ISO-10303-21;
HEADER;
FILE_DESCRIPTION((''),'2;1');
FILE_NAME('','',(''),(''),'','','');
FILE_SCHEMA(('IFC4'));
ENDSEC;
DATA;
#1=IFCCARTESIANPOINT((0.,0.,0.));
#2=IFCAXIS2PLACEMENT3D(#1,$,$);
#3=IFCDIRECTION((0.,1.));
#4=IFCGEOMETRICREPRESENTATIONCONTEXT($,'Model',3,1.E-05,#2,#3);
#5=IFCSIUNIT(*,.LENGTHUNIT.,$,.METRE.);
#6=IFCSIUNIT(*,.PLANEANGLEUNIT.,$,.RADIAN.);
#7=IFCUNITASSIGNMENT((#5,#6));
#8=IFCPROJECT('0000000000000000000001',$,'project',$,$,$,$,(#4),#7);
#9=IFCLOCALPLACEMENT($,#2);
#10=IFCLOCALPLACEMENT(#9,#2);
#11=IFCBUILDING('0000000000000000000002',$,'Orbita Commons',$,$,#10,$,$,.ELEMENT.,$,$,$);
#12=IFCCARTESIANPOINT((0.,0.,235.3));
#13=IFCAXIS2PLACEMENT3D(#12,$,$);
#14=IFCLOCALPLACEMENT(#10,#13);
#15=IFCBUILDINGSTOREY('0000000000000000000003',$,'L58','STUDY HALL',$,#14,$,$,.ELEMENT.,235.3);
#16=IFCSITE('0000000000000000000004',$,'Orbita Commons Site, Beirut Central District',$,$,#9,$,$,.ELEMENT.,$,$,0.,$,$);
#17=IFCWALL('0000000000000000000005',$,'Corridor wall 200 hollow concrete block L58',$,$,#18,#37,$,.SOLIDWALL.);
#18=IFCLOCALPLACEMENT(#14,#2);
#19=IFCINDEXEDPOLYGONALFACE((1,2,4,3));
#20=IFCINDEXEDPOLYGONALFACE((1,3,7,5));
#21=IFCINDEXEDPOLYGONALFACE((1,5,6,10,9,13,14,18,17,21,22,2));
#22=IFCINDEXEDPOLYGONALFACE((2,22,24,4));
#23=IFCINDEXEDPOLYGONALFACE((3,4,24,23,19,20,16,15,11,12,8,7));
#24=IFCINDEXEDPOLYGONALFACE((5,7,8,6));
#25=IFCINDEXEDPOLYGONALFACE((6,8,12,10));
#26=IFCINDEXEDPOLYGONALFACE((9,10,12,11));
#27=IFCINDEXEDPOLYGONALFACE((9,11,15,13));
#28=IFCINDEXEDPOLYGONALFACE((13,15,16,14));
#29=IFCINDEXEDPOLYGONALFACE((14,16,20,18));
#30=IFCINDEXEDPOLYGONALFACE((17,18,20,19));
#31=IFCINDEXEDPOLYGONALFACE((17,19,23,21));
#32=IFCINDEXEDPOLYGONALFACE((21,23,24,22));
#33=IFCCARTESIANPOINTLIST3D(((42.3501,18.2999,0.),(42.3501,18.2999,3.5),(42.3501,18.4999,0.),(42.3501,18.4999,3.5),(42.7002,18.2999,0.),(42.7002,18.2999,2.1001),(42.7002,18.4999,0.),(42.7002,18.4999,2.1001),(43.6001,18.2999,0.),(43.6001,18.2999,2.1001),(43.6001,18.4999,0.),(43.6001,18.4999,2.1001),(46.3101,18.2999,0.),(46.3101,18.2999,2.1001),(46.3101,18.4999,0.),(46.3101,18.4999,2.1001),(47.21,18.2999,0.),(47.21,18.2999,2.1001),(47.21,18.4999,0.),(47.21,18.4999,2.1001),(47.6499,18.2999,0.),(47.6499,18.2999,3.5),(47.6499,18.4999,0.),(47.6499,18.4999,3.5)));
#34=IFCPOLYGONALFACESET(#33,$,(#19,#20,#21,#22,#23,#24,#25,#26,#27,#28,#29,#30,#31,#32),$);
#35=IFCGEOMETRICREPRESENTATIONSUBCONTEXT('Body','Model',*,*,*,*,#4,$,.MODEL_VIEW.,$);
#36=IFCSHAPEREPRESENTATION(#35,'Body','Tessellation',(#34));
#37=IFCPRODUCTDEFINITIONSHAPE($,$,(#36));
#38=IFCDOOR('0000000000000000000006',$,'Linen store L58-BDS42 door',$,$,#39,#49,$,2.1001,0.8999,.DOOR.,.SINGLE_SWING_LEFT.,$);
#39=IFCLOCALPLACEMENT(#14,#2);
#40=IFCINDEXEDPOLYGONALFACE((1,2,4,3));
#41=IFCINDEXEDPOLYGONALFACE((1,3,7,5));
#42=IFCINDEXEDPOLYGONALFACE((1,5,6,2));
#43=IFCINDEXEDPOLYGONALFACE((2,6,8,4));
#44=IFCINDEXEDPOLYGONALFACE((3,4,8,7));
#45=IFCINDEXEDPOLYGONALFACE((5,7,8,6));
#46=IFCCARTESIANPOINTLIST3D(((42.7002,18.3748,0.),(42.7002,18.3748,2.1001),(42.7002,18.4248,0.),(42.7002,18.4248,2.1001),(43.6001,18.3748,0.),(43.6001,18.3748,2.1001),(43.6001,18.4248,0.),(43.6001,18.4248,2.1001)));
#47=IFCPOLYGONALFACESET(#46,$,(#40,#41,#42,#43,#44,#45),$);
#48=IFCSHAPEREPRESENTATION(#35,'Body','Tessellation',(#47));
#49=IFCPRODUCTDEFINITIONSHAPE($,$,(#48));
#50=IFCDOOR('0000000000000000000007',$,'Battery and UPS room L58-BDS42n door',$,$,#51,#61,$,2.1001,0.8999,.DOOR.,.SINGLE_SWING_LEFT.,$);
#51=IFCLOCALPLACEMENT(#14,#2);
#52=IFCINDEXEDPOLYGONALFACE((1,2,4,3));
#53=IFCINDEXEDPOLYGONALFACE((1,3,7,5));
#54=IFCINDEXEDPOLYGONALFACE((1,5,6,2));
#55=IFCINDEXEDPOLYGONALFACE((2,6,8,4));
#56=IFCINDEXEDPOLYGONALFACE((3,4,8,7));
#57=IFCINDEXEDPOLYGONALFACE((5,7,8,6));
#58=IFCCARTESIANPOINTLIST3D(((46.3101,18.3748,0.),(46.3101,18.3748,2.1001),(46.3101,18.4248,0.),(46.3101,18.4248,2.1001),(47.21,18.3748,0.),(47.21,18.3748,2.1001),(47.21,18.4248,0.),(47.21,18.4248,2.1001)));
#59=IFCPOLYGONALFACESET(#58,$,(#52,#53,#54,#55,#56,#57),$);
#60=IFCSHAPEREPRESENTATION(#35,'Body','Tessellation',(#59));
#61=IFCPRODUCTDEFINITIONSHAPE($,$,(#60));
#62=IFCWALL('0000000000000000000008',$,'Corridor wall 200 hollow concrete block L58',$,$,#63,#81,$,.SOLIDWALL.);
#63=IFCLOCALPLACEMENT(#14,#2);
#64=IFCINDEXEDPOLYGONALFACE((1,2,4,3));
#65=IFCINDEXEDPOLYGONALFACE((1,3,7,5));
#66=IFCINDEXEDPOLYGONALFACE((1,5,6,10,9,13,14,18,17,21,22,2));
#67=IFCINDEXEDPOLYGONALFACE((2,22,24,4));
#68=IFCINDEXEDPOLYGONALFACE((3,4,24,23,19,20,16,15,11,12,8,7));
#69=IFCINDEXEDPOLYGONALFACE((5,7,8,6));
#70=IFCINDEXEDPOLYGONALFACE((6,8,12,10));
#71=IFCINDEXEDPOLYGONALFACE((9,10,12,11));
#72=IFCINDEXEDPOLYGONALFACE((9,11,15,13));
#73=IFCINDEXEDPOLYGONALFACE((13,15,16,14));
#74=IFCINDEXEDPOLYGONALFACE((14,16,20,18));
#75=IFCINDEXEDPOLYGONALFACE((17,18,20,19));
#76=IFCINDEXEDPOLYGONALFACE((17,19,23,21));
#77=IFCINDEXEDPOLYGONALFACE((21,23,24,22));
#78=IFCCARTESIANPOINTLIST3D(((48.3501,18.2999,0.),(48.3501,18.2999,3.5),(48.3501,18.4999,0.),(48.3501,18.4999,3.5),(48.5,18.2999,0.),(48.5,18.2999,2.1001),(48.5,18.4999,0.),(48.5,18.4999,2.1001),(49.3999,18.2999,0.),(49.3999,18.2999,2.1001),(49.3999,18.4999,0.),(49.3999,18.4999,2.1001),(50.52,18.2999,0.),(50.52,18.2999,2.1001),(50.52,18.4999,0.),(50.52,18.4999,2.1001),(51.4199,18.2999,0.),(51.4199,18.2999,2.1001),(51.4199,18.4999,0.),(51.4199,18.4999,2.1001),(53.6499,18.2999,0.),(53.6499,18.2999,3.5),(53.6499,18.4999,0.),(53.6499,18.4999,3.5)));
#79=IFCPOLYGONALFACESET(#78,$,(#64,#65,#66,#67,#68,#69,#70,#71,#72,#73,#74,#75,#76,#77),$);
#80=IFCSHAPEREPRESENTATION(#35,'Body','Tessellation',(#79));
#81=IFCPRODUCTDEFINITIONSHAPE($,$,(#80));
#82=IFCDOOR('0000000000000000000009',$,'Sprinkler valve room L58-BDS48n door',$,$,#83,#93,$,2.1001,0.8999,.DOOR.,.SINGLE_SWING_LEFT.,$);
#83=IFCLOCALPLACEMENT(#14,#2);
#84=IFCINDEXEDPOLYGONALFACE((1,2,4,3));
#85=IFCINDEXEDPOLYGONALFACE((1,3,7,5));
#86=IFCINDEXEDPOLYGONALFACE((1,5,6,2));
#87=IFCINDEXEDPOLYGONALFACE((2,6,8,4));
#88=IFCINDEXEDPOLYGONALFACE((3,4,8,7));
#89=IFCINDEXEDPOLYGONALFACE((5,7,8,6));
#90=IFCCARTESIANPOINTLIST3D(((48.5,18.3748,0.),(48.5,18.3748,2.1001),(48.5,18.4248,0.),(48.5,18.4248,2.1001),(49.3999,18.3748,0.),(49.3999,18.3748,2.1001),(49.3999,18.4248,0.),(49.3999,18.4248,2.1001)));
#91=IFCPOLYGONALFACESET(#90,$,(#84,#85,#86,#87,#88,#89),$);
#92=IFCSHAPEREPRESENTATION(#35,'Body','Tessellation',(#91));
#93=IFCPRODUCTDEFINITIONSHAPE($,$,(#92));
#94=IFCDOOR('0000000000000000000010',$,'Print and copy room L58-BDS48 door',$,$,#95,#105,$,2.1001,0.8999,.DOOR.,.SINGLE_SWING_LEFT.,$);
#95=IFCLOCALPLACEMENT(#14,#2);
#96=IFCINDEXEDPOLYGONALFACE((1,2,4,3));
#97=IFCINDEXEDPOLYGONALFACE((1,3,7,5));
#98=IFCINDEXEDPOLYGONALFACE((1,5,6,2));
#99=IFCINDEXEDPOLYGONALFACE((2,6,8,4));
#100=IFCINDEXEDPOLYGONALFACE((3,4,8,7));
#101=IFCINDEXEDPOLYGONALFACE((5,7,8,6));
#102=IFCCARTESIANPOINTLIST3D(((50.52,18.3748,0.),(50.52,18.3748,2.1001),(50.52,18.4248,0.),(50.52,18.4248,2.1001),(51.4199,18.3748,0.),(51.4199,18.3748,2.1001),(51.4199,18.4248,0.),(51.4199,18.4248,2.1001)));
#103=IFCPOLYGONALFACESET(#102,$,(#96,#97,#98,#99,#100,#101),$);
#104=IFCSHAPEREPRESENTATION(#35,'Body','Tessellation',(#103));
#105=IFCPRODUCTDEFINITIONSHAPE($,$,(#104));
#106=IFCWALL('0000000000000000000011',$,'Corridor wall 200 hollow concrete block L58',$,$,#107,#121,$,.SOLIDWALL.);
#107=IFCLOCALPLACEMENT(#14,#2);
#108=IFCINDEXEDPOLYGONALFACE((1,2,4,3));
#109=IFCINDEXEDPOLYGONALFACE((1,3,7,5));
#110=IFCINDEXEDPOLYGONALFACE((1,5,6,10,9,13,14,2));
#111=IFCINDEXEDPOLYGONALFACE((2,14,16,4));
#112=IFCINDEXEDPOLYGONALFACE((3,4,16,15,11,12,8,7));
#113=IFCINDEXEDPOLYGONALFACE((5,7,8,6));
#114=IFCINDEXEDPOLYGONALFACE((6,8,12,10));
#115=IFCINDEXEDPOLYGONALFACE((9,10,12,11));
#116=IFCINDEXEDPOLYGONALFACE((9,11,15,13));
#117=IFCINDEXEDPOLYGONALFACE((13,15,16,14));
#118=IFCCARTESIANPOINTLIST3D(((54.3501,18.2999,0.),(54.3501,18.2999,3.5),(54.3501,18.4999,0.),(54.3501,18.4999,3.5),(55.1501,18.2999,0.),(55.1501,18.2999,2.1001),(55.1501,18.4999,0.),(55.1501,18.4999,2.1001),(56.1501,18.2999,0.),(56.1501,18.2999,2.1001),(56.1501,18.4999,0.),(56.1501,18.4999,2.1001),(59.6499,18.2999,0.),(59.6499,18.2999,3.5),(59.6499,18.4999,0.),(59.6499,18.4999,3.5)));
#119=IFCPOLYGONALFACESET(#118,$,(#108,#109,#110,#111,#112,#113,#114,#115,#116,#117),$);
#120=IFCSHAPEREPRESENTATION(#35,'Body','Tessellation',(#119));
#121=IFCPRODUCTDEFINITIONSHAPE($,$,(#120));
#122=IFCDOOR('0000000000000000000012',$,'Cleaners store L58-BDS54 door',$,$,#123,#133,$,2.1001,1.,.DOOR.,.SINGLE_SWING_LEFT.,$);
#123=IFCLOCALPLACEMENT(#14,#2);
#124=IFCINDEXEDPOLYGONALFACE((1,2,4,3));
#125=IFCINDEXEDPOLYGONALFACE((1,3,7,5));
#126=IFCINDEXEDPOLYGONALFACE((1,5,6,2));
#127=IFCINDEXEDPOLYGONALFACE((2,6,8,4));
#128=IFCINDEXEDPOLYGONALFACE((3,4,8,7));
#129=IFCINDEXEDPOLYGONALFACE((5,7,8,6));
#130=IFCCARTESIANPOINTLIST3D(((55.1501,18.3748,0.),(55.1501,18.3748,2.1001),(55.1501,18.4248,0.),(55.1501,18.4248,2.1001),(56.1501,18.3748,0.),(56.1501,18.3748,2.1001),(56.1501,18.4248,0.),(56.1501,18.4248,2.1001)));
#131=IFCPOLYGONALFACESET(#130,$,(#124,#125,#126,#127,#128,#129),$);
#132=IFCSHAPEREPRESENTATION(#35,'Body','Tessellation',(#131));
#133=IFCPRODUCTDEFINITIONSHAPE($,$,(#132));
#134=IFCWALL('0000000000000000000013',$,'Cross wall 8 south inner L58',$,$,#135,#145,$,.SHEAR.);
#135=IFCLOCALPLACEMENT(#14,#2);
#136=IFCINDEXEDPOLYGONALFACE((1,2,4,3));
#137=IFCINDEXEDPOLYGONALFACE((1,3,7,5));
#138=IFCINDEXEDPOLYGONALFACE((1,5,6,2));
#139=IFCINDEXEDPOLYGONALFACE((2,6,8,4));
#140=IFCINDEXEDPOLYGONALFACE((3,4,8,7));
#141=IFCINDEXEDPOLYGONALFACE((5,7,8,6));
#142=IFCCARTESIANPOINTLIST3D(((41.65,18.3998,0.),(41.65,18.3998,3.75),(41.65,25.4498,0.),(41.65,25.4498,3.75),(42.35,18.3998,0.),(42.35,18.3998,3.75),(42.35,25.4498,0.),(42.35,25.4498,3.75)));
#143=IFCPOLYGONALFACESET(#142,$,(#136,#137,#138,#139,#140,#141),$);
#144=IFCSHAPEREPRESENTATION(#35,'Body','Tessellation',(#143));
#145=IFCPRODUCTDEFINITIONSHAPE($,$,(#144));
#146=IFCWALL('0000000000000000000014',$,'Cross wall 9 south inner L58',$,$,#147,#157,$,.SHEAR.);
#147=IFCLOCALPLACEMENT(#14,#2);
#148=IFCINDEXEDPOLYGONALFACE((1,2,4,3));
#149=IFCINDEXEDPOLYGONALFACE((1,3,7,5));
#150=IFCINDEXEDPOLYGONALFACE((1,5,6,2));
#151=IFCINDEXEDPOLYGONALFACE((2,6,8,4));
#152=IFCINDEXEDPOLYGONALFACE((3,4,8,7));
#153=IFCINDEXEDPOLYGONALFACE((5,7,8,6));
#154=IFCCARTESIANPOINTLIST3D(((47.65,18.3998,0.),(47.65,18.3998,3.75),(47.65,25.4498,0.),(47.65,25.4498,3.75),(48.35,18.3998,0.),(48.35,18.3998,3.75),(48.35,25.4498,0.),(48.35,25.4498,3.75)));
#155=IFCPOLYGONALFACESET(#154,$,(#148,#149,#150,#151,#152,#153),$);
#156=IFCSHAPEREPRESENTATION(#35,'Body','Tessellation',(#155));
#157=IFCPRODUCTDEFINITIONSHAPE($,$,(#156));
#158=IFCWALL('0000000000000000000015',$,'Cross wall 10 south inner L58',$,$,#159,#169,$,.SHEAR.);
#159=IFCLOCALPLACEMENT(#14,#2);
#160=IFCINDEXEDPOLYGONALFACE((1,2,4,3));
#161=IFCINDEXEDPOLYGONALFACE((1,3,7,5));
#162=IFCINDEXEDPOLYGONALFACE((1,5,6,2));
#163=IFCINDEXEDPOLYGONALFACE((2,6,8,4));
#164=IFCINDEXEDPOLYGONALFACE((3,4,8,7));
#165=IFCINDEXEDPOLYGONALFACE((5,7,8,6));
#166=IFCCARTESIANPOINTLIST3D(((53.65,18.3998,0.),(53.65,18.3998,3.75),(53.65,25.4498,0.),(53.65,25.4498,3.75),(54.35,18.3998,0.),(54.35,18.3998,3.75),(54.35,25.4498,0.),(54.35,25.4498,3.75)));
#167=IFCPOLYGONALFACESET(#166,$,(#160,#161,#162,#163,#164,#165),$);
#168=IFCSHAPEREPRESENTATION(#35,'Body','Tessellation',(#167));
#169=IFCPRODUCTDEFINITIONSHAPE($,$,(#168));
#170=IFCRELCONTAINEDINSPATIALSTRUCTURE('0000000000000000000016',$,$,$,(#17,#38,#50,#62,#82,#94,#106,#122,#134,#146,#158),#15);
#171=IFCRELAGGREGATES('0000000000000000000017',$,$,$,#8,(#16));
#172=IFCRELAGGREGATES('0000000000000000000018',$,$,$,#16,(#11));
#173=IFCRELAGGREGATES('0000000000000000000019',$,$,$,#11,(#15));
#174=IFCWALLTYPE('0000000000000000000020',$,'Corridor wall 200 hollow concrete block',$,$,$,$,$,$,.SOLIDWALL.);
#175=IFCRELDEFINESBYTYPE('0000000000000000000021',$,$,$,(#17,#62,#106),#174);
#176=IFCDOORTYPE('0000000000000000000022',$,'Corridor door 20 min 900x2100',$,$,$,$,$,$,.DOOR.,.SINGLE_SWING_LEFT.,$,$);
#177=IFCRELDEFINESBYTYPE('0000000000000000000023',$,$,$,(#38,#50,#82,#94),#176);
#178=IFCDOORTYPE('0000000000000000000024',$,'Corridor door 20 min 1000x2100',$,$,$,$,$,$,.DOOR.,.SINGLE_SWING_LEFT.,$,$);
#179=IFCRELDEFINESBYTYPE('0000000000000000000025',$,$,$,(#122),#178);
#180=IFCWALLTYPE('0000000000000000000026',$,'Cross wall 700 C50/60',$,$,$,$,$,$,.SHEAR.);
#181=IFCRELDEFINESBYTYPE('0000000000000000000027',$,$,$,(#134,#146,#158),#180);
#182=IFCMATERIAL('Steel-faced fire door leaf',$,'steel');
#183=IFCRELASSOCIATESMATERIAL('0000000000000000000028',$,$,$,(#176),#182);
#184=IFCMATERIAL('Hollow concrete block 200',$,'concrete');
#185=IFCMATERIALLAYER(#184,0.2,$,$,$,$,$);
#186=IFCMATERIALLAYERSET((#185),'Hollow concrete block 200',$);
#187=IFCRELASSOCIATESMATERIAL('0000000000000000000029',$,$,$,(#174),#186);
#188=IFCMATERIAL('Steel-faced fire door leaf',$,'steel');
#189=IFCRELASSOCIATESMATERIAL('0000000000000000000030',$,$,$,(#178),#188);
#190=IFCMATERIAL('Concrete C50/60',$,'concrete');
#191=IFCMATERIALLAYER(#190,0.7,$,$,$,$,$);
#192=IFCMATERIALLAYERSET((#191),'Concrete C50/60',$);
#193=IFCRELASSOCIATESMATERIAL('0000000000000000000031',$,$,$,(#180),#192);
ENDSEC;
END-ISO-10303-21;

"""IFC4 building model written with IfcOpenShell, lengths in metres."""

from ifc_helpers import new_model, si_unit, direction, frame, frame_2d, origin, place, context, subcontext, project, spatial, rectangle, extrude, material, layer, layer_set, type_object, element, fill, save


model = new_model("IFC4")

# Units and contexts
model_context = context("Model", 3, precision=1e-05, world=origin(), true_north=direction((0.0, 1.0)))
body_context = subcontext(model_context, "Body", "Model", "MODEL_VIEW")
ifc_project = project(units=[si_unit("LENGTHUNIT", "METRE"), si_unit("PLANEANGLEUNIT", "RADIAN")], contexts=[model_context])

# Site, building, storey
site_placement = place(None, origin())
site = spatial("IfcSite", under=ifc_project, at=site_placement, Name="Orbita Commons Site, Beirut Central District", CompositionType="ELEMENT", RefElevation=0.0)
building_placement = place(site_placement, origin())
building = spatial("IfcBuilding", under=site, at=building_placement, Name="Orbita Commons", CompositionType="ELEMENT")
storey_placement = place(building_placement, frame((0.0, 0.0, 235.3)))
storey = spatial("IfcBuildingStorey", under=building, at=storey_placement, Name="L58", Description="STUDY HALL", CompositionType="ELEMENT", Elevation=235.3)

# Shared definitions
ifc_material_1 = material(Name="Steel-faced fire door leaf", Category="steel")
door_type_1 = type_object("IfcDoorType", Name="Corridor door 20 min 900x2100", OperationType="SINGLE_SWING_LEFT", PredefinedType="DOOR", material=ifc_material_1)

# Walls, openings, doors
ifc_material_2 = material(Name="Hollow concrete block 200", Category="concrete")
ifc_layer_1 = layer(ifc_material_2, 0.2)
ifc_layer_set_1 = layer_set([ifc_layer_1], Name="Hollow concrete block 200")
wall_type_1 = type_object("IfcWallType", Name="Corridor wall 200 hollow concrete block", PredefinedType="SOLIDWALL", material=ifc_layer_set_1)
wall_1_placement = place(storey_placement, frame((42.3501, 18.3999, 0.0), z_axis=(0.0, 0.0, 1.0), x_axis=(1.0, 0.0, 0.0)))
wall_1 = element("IfcWall", 1, at=wall_1_placement, inside=storey, type_object=wall_type_1, Name="Corridor wall 200 hollow concrete block L58", PredefinedType="SOLIDWALL", context=body_context, shape_type="SweptSolid", body=[
    extrude(rectangle(XDim=5.2998, YDim=0.2, at=frame_2d((2.6499, 0.0))), origin(), (0.0, 0.0, 1.0), 3.5),
])
opening_1_placement = place(wall_1_placement, frame((0.3501, 0.0, 0.0)))
opening_1 = element("IfcOpeningElement", 2, at=opening_1_placement, cuts=wall_1, PredefinedType="OPENING", context=body_context, shape_type="SweptSolid", body=[
    extrude(rectangle(XDim=0.8999, YDim=2.1001, at=frame_2d((0.45, 1.05))), frame((0.0, 0.1099, 0.0), z_axis=(0.0, -1.0, 0.0), x_axis=(1.0, 0.0, 0.0)), (0.0, 0.0, 1.0), 0.22),
])
opening_2_placement = place(wall_1_placement, frame((3.96, 0.0, 0.0)))
opening_2 = element("IfcOpeningElement", 3, at=opening_2_placement, cuts=wall_1, PredefinedType="OPENING", context=body_context, shape_type="SweptSolid", body=[
    extrude(rectangle(XDim=0.8999, YDim=2.1001, at=frame_2d((0.45, 1.05))), frame((0.0, 0.1099, 0.0), z_axis=(0.0, -1.0, 0.0), x_axis=(1.0, 0.0, 0.0)), (0.0, 0.0, 1.0), 0.22),
])
door_1_placement = place(opening_1_placement, origin())
door_1 = element("IfcDoor", 4, at=door_1_placement, inside=storey, type_object=door_type_1, Name="Linen store L58-BDS42 door", OperationType="SINGLE_SWING_LEFT", OverallHeight=2.1001, OverallWidth=0.8999, PredefinedType="DOOR", context=body_context, shape_type="SweptSolid", body=[
    extrude(rectangle(XDim=0.8999, YDim=2.1001, at=frame_2d((0.45, 1.05))), frame((0.0, 0.0249, 0.0), z_axis=(0.0, -1.0, 0.0), x_axis=(1.0, 0.0, 0.0)), (0.0, 0.0, 1.0), 0.05),
])
fill(opening_1, door_1)
door_2_placement = place(opening_2_placement, origin())
door_2 = element("IfcDoor", 5, at=door_2_placement, inside=storey, type_object=door_type_1, Name="Battery and UPS room L58-BDS42n door", OperationType="SINGLE_SWING_LEFT", OverallHeight=2.1001, OverallWidth=0.8999, PredefinedType="DOOR", context=body_context, shape_type="SweptSolid", body=[
    extrude(rectangle(XDim=0.8999, YDim=2.1001, at=frame_2d((0.45, 1.05))), frame((0.0, 0.0249, 0.0), z_axis=(0.0, -1.0, 0.0), x_axis=(1.0, 0.0, 0.0)), (0.0, 0.0, 1.0), 0.05),
])
fill(opening_2, door_2)
wall_2_placement = place(storey_placement, frame((48.3501, 18.3999, 0.0), z_axis=(0.0, 0.0, 1.0), x_axis=(1.0, 0.0, 0.0)))
wall_2 = element("IfcWall", 6, at=wall_2_placement, inside=storey, type_object=wall_type_1, Name="Corridor wall 200 hollow concrete block L58", PredefinedType="SOLIDWALL", context=body_context, shape_type="SweptSolid", body=[
    extrude(rectangle(XDim=5.2998, YDim=0.2, at=frame_2d((2.6499, 0.0))), origin(), (0.0, 0.0, 1.0), 3.5),
])
opening_3_placement = place(wall_2_placement, frame((0.1499, 0.0, 0.0)))
opening_3 = element("IfcOpeningElement", 7, at=opening_3_placement, cuts=wall_2, PredefinedType="OPENING", context=body_context, shape_type="SweptSolid", body=[
    extrude(rectangle(XDim=0.8999, YDim=2.1001, at=frame_2d((0.45, 1.05))), frame((0.0, 0.1099, 0.0), z_axis=(0.0, -1.0, 0.0), x_axis=(1.0, 0.0, 0.0)), (0.0, 0.0, 1.0), 0.22),
])
opening_4_placement = place(wall_2_placement, frame((2.1699, 0.0, 0.0)))
opening_4 = element("IfcOpeningElement", 8, at=opening_4_placement, cuts=wall_2, PredefinedType="OPENING", context=body_context, shape_type="SweptSolid", body=[
    extrude(rectangle(XDim=0.8999, YDim=2.1001, at=frame_2d((0.45, 1.05))), frame((0.0, 0.1099, 0.0), z_axis=(0.0, -1.0, 0.0), x_axis=(1.0, 0.0, 0.0)), (0.0, 0.0, 1.0), 0.22),
])
door_3_placement = place(opening_3_placement, origin())
door_3 = element("IfcDoor", 9, at=door_3_placement, inside=storey, type_object=door_type_1, Name="Sprinkler valve room L58-BDS48n door", OperationType="SINGLE_SWING_LEFT", OverallHeight=2.1001, OverallWidth=0.8999, PredefinedType="DOOR", context=body_context, shape_type="SweptSolid", body=[
    extrude(rectangle(XDim=0.8999, YDim=2.1001, at=frame_2d((0.45, 1.05))), frame((0.0, 0.0249, 0.0), z_axis=(0.0, -1.0, 0.0), x_axis=(1.0, 0.0, 0.0)), (0.0, 0.0, 1.0), 0.05),
])
fill(opening_3, door_3)
door_4_placement = place(opening_4_placement, origin())
door_4 = element("IfcDoor", 10, at=door_4_placement, inside=storey, type_object=door_type_1, Name="Print and copy room L58-BDS48 door", OperationType="SINGLE_SWING_LEFT", OverallHeight=2.1001, OverallWidth=0.8999, PredefinedType="DOOR", context=body_context, shape_type="SweptSolid", body=[
    extrude(rectangle(XDim=0.8999, YDim=2.1001, at=frame_2d((0.45, 1.05))), frame((0.0, 0.0249, 0.0), z_axis=(0.0, -1.0, 0.0), x_axis=(1.0, 0.0, 0.0)), (0.0, 0.0, 1.0), 0.05),
])
fill(opening_4, door_4)

# Wall, opening, door
wall_3_placement = place(storey_placement, frame((54.3501, 18.3999, 0.0), z_axis=(0.0, 0.0, 1.0), x_axis=(1.0, 0.0, 0.0)))
wall_3 = element("IfcWall", 11, at=wall_3_placement, inside=storey, type_object=wall_type_1, Name="Corridor wall 200 hollow concrete block L58", PredefinedType="SOLIDWALL", context=body_context, shape_type="SweptSolid", body=[
    extrude(rectangle(XDim=5.2998, YDim=0.2, at=frame_2d((2.6499, 0.0))), origin(), (0.0, 0.0, 1.0), 3.5),
])
opening_5_placement = place(wall_3_placement, frame((0.8, 0.0, 0.0)))
opening_5 = element("IfcOpeningElement", 12, at=opening_5_placement, cuts=wall_3, PredefinedType="OPENING", context=body_context, shape_type="SweptSolid", body=[
    extrude(rectangle(XDim=1.0, YDim=2.1001, at=frame_2d((0.5, 1.05))), frame((0.0, 0.1099, 0.0), z_axis=(0.0, -1.0, 0.0), x_axis=(1.0, 0.0, 0.0)), (0.0, 0.0, 1.0), 0.22),
])
ifc_material_3 = material(Name="Steel-faced fire door leaf", Category="steel")
door_type_2 = type_object("IfcDoorType", Name="Corridor door 20 min 1000x2100", OperationType="SINGLE_SWING_LEFT", PredefinedType="DOOR", material=ifc_material_3)
door_5_placement = place(opening_5_placement, origin())
door_5 = element("IfcDoor", 13, at=door_5_placement, inside=storey, type_object=door_type_2, Name="Cleaners store L58-BDS54 door", OperationType="SINGLE_SWING_LEFT", OverallHeight=2.1001, OverallWidth=1.0, PredefinedType="DOOR", context=body_context, shape_type="SweptSolid", body=[
    extrude(rectangle(XDim=1.0, YDim=2.1001, at=frame_2d((0.5, 1.05))), frame((0.0, 0.0249, 0.0), z_axis=(0.0, -1.0, 0.0), x_axis=(1.0, 0.0, 0.0)), (0.0, 0.0, 1.0), 0.05),
])
fill(opening_5, door_5)

# Walls
ifc_material_4 = material(Name="Concrete C50/60", Category="concrete")
ifc_layer_2 = layer(ifc_material_4, 0.7)
ifc_layer_set_2 = layer_set([ifc_layer_2], Name="Concrete C50/60")
wall_type_2 = type_object("IfcWallType", Name="Cross wall 700 C50/60", PredefinedType="SHEAR", material=ifc_layer_set_2)
for number, where, z_axis, x_axis, name in (
    (14, (42.0, 18.3999, 0.0), (0.0, 0.0, 1.0), (0.0, 1.0, 0.0), "Cross wall 8 south inner L58"),
    (15, (48.0, 18.3999, 0.0), (0.0, 0.0, 1.0), (0.0, 1.0, 0.0), "Cross wall 9 south inner L58"),
    (16, (54.0, 18.3999, 0.0), (0.0, 0.0, 1.0), (0.0, 1.0, 0.0), "Cross wall 10 south inner L58"),
):
    element("IfcWall", number, at=place(storey_placement, frame(where, z_axis=z_axis, x_axis=x_axis)), inside=storey, type_object=wall_type_2, Name=name, PredefinedType="SHEAR", context=body_context, shape_type="SweptSolid", body=[
        extrude(rectangle(XDim=7.05, YDim=0.7, at=frame_2d((3.5249, 0.0))), origin(), (0.0, 0.0, 1.0), 3.75),
    ])

save(model, "model.ifc")
